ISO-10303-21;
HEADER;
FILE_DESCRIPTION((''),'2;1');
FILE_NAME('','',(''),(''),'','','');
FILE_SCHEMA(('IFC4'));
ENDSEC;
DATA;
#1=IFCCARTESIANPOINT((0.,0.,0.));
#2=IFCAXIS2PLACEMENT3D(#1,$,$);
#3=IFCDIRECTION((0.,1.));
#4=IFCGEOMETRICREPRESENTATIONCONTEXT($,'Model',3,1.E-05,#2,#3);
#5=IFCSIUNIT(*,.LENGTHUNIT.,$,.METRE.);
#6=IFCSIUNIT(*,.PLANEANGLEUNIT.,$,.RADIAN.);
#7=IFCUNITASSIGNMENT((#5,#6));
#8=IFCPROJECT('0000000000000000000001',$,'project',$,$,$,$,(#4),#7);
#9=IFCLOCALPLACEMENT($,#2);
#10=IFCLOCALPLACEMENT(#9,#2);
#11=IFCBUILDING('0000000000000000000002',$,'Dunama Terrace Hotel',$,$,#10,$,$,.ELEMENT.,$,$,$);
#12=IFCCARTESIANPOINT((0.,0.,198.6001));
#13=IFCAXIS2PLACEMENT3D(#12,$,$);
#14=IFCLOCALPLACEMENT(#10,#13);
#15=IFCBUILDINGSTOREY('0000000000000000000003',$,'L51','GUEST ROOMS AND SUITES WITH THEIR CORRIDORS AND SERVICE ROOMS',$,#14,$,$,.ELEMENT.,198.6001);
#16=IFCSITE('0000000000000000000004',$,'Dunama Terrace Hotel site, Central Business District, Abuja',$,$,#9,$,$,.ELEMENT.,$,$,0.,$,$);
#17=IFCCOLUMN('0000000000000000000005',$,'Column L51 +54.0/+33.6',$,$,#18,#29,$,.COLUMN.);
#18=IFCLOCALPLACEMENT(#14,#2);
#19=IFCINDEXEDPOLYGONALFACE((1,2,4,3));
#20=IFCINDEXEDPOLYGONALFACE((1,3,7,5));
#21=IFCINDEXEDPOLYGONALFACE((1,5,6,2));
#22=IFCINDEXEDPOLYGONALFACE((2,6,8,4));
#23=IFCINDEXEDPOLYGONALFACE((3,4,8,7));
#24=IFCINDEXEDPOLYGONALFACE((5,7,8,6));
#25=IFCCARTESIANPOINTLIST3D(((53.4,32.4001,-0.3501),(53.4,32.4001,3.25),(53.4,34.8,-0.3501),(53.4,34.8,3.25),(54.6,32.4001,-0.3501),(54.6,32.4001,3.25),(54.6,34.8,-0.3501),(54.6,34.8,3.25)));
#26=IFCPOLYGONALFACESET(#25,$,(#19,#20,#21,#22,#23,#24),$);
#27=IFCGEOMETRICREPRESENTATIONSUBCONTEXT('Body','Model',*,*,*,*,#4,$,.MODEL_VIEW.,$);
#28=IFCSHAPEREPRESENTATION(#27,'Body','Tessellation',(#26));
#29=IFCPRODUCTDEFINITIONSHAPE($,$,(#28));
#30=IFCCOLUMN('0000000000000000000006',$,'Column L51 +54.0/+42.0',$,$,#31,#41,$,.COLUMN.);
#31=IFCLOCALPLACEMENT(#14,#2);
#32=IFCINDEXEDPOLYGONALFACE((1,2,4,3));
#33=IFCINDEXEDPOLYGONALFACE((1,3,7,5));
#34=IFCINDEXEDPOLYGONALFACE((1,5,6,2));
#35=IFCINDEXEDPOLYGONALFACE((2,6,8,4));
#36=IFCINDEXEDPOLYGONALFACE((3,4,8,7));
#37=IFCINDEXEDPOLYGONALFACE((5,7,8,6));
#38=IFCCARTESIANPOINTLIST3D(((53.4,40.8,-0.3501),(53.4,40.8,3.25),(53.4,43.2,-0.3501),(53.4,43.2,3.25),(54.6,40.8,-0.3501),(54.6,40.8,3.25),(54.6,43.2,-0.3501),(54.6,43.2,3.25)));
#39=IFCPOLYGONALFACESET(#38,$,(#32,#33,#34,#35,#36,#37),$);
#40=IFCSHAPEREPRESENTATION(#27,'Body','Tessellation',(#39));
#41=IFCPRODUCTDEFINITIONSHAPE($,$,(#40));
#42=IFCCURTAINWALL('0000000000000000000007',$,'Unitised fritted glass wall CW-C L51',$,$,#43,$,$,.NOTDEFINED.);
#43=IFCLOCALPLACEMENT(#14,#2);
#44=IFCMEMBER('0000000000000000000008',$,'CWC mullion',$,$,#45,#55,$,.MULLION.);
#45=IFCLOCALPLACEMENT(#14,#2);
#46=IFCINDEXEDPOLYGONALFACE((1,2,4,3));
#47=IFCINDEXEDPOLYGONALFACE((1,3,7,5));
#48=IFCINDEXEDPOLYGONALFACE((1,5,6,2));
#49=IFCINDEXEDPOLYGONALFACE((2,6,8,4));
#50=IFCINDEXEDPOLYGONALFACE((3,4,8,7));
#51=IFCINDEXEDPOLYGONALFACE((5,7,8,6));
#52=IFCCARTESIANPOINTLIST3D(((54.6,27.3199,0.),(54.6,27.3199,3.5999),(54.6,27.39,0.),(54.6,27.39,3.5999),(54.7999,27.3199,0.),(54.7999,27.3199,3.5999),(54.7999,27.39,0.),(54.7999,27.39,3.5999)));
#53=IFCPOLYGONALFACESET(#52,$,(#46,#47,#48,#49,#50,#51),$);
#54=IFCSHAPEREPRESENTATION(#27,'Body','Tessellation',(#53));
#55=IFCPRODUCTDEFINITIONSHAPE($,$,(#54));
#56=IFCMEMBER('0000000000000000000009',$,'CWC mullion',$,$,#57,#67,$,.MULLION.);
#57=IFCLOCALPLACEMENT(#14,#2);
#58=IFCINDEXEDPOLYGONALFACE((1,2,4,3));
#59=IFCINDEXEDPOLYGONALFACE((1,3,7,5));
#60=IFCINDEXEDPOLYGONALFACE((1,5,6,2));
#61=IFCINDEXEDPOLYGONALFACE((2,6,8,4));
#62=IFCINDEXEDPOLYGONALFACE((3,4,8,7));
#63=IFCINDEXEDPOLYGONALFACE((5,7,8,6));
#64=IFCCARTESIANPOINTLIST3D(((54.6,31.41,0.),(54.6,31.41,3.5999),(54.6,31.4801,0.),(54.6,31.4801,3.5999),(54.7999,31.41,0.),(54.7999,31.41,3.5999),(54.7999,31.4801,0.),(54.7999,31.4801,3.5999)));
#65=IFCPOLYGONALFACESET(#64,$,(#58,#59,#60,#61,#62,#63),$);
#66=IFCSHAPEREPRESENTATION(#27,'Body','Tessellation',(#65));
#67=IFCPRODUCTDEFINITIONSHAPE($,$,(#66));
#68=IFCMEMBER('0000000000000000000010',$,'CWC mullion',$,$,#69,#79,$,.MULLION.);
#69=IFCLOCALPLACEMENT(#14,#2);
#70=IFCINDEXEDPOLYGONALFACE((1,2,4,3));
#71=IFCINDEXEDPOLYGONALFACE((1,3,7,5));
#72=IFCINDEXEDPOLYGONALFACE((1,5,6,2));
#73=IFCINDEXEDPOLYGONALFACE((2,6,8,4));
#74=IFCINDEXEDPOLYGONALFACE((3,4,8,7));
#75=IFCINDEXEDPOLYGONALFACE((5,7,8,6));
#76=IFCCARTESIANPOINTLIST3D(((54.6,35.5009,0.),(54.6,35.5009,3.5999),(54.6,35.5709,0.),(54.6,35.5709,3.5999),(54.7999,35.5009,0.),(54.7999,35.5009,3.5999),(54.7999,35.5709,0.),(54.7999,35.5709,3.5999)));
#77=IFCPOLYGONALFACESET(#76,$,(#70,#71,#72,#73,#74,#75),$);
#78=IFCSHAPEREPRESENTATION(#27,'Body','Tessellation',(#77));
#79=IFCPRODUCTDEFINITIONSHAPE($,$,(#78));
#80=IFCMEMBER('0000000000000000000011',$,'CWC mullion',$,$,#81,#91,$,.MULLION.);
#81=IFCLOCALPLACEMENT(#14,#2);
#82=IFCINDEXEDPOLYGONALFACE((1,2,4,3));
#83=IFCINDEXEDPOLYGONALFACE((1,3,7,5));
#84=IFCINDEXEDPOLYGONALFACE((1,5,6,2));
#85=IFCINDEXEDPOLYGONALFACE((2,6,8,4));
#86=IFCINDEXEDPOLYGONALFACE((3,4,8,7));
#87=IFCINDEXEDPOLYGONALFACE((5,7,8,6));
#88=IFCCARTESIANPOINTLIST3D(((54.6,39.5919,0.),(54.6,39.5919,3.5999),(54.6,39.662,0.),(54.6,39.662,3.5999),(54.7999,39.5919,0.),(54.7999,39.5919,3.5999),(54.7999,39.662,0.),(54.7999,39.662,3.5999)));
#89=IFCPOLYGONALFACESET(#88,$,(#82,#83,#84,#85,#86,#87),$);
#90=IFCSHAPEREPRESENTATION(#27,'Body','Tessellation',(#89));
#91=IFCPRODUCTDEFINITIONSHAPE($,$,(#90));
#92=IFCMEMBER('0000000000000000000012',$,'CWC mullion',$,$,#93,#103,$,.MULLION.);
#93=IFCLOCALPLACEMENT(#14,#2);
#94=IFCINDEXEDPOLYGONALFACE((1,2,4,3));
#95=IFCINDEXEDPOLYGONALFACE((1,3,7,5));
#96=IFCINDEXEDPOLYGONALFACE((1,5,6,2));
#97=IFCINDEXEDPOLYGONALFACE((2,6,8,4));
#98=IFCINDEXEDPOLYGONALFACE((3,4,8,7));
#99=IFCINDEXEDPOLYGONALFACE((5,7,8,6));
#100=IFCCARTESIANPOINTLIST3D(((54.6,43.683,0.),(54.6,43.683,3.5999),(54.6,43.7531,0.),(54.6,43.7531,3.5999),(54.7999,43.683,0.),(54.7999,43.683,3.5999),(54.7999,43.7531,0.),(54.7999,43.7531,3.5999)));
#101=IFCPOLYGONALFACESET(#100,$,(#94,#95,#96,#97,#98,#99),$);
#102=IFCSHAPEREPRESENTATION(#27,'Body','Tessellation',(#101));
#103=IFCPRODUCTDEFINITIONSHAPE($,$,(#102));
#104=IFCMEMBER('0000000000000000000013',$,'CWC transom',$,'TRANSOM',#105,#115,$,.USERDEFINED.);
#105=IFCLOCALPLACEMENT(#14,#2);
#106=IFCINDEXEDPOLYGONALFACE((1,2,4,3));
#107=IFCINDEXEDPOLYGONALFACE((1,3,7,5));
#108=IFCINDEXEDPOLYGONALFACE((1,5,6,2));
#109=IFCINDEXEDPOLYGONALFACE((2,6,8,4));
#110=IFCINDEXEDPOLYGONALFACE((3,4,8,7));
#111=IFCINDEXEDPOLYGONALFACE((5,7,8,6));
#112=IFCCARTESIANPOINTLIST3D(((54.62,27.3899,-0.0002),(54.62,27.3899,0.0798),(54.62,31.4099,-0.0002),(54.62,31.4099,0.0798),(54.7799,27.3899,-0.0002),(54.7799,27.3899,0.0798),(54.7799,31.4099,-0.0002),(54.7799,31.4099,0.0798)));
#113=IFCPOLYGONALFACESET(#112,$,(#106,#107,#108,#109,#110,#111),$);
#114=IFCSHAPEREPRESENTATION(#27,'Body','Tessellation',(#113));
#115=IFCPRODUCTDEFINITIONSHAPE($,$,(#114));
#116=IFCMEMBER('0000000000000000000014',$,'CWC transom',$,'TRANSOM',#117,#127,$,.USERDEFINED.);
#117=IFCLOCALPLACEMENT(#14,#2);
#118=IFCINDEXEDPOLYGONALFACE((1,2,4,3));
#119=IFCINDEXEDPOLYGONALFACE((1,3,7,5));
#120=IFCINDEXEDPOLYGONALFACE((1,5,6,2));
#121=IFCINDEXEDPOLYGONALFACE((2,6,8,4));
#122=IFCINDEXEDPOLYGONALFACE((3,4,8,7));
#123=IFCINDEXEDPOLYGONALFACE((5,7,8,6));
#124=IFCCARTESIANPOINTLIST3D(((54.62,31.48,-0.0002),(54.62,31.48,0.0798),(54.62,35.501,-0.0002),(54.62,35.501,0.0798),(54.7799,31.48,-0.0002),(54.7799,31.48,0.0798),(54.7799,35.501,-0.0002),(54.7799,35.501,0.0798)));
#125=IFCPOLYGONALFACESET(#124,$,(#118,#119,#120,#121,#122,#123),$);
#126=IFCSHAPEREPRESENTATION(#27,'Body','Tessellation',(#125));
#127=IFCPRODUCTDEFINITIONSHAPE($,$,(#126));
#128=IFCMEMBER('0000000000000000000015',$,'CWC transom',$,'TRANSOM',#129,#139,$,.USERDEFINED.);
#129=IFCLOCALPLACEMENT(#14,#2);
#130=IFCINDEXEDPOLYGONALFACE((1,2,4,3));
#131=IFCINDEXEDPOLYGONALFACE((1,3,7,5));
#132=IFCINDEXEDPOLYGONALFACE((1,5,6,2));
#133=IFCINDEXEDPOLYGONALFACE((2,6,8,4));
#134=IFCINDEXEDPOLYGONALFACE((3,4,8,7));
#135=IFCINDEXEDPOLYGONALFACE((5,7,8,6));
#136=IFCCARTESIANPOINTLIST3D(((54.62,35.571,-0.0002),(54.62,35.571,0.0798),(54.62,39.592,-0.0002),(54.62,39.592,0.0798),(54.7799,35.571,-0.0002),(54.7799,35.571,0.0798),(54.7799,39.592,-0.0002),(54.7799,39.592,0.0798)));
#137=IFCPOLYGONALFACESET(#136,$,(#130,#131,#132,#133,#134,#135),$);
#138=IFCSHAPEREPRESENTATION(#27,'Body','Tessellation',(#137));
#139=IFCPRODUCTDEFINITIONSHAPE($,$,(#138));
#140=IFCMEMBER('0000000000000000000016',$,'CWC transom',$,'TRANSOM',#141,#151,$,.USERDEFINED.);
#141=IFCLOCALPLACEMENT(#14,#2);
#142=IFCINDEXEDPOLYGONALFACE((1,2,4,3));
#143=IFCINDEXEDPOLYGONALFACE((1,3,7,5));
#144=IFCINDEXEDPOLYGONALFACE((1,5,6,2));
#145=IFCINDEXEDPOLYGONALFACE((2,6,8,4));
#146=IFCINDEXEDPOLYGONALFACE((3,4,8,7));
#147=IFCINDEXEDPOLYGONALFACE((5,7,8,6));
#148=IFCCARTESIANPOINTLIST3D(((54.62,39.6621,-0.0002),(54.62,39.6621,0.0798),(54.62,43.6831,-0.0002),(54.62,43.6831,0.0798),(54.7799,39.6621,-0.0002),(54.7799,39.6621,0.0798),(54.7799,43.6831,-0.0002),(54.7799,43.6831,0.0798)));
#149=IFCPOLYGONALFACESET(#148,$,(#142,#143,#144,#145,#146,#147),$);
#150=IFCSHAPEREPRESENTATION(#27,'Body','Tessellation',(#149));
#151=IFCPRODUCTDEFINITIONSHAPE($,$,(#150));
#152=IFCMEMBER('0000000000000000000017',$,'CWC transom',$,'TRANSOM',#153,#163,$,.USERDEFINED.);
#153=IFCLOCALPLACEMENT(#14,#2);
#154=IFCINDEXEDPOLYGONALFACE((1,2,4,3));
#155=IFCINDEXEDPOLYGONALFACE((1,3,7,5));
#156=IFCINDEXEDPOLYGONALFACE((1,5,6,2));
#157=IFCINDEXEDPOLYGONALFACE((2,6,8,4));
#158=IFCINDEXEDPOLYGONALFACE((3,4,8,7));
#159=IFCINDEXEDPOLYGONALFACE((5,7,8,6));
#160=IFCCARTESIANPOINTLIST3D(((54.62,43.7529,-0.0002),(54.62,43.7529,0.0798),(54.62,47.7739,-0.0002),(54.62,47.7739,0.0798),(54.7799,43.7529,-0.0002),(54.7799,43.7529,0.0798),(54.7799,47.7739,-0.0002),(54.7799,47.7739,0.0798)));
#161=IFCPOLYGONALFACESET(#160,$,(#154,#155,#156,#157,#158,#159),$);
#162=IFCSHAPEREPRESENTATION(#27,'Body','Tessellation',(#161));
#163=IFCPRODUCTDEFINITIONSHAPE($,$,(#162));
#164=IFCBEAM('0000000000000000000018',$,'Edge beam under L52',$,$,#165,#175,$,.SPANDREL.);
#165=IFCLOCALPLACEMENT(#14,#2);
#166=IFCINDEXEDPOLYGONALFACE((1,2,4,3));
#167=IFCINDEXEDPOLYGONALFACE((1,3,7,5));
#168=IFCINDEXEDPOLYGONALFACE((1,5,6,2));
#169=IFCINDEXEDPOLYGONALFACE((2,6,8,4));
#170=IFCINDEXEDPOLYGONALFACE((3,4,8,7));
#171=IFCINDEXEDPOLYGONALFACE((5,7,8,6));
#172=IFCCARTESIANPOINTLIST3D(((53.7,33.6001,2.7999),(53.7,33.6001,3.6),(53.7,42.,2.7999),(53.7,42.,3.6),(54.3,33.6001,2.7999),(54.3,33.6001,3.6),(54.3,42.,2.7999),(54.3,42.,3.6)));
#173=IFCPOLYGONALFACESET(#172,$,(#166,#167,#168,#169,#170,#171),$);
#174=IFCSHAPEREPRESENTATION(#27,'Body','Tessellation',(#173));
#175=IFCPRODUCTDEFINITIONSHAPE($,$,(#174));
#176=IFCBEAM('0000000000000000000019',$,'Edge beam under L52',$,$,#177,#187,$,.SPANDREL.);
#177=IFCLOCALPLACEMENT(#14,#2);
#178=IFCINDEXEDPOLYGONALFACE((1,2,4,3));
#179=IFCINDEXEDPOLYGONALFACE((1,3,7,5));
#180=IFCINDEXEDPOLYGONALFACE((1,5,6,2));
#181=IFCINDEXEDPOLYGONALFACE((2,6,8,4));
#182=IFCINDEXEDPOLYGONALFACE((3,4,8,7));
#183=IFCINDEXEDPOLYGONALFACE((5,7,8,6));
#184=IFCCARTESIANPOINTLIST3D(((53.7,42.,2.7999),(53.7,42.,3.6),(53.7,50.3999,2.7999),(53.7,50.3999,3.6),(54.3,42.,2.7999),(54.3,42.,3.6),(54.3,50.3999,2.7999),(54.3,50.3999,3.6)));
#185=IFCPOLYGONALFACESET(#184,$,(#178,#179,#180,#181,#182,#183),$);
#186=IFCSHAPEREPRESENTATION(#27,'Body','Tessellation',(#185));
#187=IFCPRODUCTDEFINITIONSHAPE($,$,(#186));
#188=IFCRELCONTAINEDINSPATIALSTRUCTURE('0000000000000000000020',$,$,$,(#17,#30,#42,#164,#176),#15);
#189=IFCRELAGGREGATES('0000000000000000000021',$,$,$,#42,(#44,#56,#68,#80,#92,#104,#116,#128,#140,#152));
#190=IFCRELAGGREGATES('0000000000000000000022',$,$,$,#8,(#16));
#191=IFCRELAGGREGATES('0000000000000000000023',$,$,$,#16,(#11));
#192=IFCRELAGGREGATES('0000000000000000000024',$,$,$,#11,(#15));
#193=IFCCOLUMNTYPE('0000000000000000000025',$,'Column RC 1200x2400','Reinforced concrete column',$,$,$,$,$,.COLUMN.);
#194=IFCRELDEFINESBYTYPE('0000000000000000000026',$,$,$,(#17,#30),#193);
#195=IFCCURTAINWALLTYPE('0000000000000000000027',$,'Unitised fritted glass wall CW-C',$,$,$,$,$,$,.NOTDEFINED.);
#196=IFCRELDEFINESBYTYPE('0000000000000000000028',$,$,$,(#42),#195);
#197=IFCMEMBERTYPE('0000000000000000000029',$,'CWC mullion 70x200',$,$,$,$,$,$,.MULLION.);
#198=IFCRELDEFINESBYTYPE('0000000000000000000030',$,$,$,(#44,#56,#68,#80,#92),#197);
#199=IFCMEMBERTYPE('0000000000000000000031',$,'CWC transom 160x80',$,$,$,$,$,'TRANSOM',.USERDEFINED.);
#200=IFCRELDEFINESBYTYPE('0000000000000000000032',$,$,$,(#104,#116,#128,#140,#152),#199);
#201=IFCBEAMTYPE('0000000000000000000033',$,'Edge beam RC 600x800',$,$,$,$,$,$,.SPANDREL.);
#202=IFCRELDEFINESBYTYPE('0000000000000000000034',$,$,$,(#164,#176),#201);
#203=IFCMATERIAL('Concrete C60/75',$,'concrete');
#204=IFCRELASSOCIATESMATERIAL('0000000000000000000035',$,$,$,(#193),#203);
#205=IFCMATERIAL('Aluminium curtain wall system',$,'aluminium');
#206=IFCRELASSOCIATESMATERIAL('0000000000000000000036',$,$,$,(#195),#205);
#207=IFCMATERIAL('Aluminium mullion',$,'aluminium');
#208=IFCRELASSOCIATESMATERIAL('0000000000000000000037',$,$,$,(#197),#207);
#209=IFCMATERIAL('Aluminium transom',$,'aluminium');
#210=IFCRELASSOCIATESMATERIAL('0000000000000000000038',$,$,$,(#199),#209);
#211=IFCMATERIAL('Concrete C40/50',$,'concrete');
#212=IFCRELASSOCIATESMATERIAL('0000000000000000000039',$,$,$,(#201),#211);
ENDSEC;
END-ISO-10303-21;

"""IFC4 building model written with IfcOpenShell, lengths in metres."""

from ifc_helpers import new_model, si_unit, direction, frame, origin, origin_2d, place, context, subcontext, project, spatial, rectangle, extrude, material, material_profile, profile_set, type_object, element, aggregate, save


model = new_model("IFC4")

# Units and contexts
model_context = context("Model", 3, precision=1e-05, world=origin(), true_north=direction((0.0, 1.0)))
body_context = subcontext(model_context, "Body", "Model", "MODEL_VIEW")
ifc_project = project(units=[si_unit("LENGTHUNIT", "METRE"), si_unit("PLANEANGLEUNIT", "RADIAN")], contexts=[model_context])

# Site, building, storey
site_placement = place(None, origin())
site = spatial("IfcSite", under=ifc_project, at=site_placement, Name="Dunama Terrace Hotel site, Central Business District, Abuja", CompositionType="ELEMENT", RefElevation=0.0)
building_placement = place(site_placement, origin())
building = spatial("IfcBuilding", under=site, at=building_placement, Name="Dunama Terrace Hotel", CompositionType="ELEMENT")
storey_placement = place(building_placement, frame((0.0, 0.0, 198.6001)))
storey = spatial("IfcBuildingStorey", under=building, at=storey_placement, Name="L51", Description="GUEST ROOMS AND SUITES WITH THEIR CORRIDORS AND SERVICE ROOMS", CompositionType="ELEMENT", Elevation=198.6001)

# Columns
ifc_material_1 = material(Name="Concrete C60/75", Category="concrete")
ifc_material_profile_1 = material_profile(ifc_material_1, rectangle(XDim=1.2, YDim=2.3999, at=origin_2d()), Name="RC 1200x2400")
ifc_profile_set_1 = profile_set([ifc_material_profile_1], Name="Concrete C60/75")
column_type = type_object("IfcColumnType", Name="Column RC 1200x2400", Description="Reinforced concrete column", PredefinedType="COLUMN", material=ifc_profile_set_1)
for number, where, z_axis, x_axis, name in (
    (1, (54.0, 33.6001, -0.3501), (0.0, 0.0, 1.0), (1.0, 0.0, 0.0), "Column L51 +54.0/+33.6"),
    (2, (54.0, 42.0, -0.3501), (0.0, 0.0, 1.0), (1.0, 0.0, 0.0), "Column L51 +54.0/+42.0"),
):
    element("IfcColumn", number, at=place(storey_placement, frame(where, z_axis=z_axis, x_axis=x_axis)), inside=storey, type_object=column_type, Name=name, PredefinedType="COLUMN", context=body_context, shape_type="SweptSolid", body=[
        extrude(rectangle(XDim=1.2, YDim=2.3999, at=origin_2d()), origin(), (0.0, 0.0, 1.0), 3.6001),
    ])

# Curtain wall, members
ifc_material_2 = material(Name="Aluminium curtain wall system", Category="aluminium")
curtain_wall_type = type_object("IfcCurtainWallType", Name="Unitised fritted glass wall CW-C", PredefinedType="NOTDEFINED", material=ifc_material_2)
curtain_wall_placement = place(storey_placement, origin())
curtain_wall = element("IfcCurtainWall", 3, at=curtain_wall_placement, inside=storey, type_object=curtain_wall_type, Name="Unitised fritted glass wall CW-C L51", PredefinedType="NOTDEFINED")
ifc_material_3 = material(Name="Aluminium mullion", Category="aluminium")
ifc_material_profile_2 = material_profile(ifc_material_3, rectangle(XDim=0.0701, YDim=0.2, at=origin_2d()), Name="CWC MULLION 70X200")
ifc_profile_set_2 = profile_set([ifc_material_profile_2], Name="Aluminium mullion")
member_type_1 = type_object("IfcMemberType", Name="CWC mullion 70x200", PredefinedType="MULLION", material=ifc_profile_set_2)
member_1_placement = place(storey_placement, frame((54.7, 27.355, 0.0), z_axis=(0.0, 0.0, 1.0), x_axis=(0.0, 1.0, 0.0)))
member_1 = element("IfcMember", 4, at=member_1_placement, type_object=member_type_1, Name="CWC mullion", PredefinedType="MULLION", context=body_context, shape_type="SweptSolid", body=[
    extrude(rectangle(XDim=0.0701, YDim=0.2, at=origin_2d()), origin(), (0.0, 0.0, 1.0), 3.5999),
])
member_2_placement = place(storey_placement, frame((54.7, 31.4451, 0.0), z_axis=(0.0, 0.0, 1.0), x_axis=(0.0, 1.0, 0.0)))
member_2 = element("IfcMember", 5, at=member_2_placement, type_object=member_type_1, Name="CWC mullion", PredefinedType="MULLION", context=body_context, shape_type="SweptSolid", body=[
    extrude(rectangle(XDim=0.0701, YDim=0.2, at=origin_2d()), origin(), (0.0, 0.0, 1.0), 3.5999),
])
member_3_placement = place(storey_placement, frame((54.7, 35.5359, 0.0), z_axis=(0.0, 0.0, 1.0), x_axis=(0.0, 1.0, 0.0)))
member_3 = element("IfcMember", 6, at=member_3_placement, type_object=member_type_1, Name="CWC mullion", PredefinedType="MULLION", context=body_context, shape_type="SweptSolid", body=[
    extrude(rectangle(XDim=0.0701, YDim=0.2, at=origin_2d()), origin(), (0.0, 0.0, 1.0), 3.5999),
])
member_4_placement = place(storey_placement, frame((54.7, 39.627, 0.0), z_axis=(0.0, 0.0, 1.0), x_axis=(0.0, 1.0, 0.0)))
member_4 = element("IfcMember", 7, at=member_4_placement, type_object=member_type_1, Name="CWC mullion", PredefinedType="MULLION", context=body_context, shape_type="SweptSolid", body=[
    extrude(rectangle(XDim=0.0701, YDim=0.2, at=origin_2d()), origin(), (0.0, 0.0, 1.0), 3.5999),
])
member_5_placement = place(storey_placement, frame((54.7, 43.718, 0.0), z_axis=(0.0, 0.0, 1.0), x_axis=(0.0, 1.0, 0.0)))
member_5 = element("IfcMember", 8, at=member_5_placement, type_object=member_type_1, Name="CWC mullion", PredefinedType="MULLION", context=body_context, shape_type="SweptSolid", body=[
    extrude(rectangle(XDim=0.0701, YDim=0.2, at=origin_2d()), origin(), (0.0, 0.0, 1.0), 3.5999),
])
ifc_material_4 = material(Name="Aluminium transom", Category="aluminium")
ifc_material_profile_3 = material_profile(ifc_material_4, rectangle(XDim=0.1599, YDim=0.0801, at=origin_2d()), Name="CWC TRANSOM 160X80")
ifc_profile_set_3 = profile_set([ifc_material_profile_3], Name="Aluminium transom")
member_type_2 = type_object("IfcMemberType", Name="CWC transom 160x80", ElementType="TRANSOM", PredefinedType="USERDEFINED", material=ifc_profile_set_3)
member_6_placement = place(storey_placement, frame((54.7, 27.3899, 0.0398), z_axis=(0.0, 1.0, 0.0), x_axis=(-1.0, 0.0, 0.0)))
member_6 = element("IfcMember", 9, at=member_6_placement, type_object=member_type_2, Name="CWC transom", ObjectType="TRANSOM", PredefinedType="USERDEFINED", context=body_context, shape_type="SweptSolid", body=[
    extrude(rectangle(XDim=0.1599, YDim=0.0801, at=origin_2d()), origin(), (0.0, 0.0, 1.0), 4.02),
])
member_7_placement = place(storey_placement, frame((54.7, 31.48, 0.0398), z_axis=(0.0, 1.0, 0.0), x_axis=(-1.0, 0.0, 0.0)))
member_7 = element("IfcMember", 10, at=member_7_placement, type_object=member_type_2, Name="CWC transom", ObjectType="TRANSOM", PredefinedType="USERDEFINED", context=body_context, shape_type="SweptSolid", body=[
    extrude(rectangle(XDim=0.1599, YDim=0.0801, at=origin_2d()), origin(), (0.0, 0.0, 1.0), 4.021),
])
member_8_placement = place(storey_placement, frame((54.7, 35.571, 0.0398), z_axis=(0.0, 1.0, 0.0), x_axis=(-1.0, 0.0, 0.0)))
member_8 = element("IfcMember", 11, at=member_8_placement, type_object=member_type_2, Name="CWC transom", ObjectType="TRANSOM", PredefinedType="USERDEFINED", context=body_context, shape_type="SweptSolid", body=[
    extrude(rectangle(XDim=0.1599, YDim=0.0801, at=origin_2d()), origin(), (0.0, 0.0, 1.0), 4.021),
])
member_9_placement = place(storey_placement, frame((54.7, 39.6621, 0.0398), z_axis=(0.0, 1.0, 0.0), x_axis=(-1.0, 0.0, 0.0)))
member_9 = element("IfcMember", 12, at=member_9_placement, type_object=member_type_2, Name="CWC transom", ObjectType="TRANSOM", PredefinedType="USERDEFINED", context=body_context, shape_type="SweptSolid", body=[
    extrude(rectangle(XDim=0.1599, YDim=0.0801, at=origin_2d()), origin(), (0.0, 0.0, 1.0), 4.021),
])
member_10_placement = place(storey_placement, frame((54.7, 43.7529, 0.0398), z_axis=(0.0, 1.0, 0.0), x_axis=(-1.0, 0.0, 0.0)))
member_10 = element("IfcMember", 13, at=member_10_placement, type_object=member_type_2, Name="CWC transom", ObjectType="TRANSOM", PredefinedType="USERDEFINED", context=body_context, shape_type="SweptSolid", body=[
    extrude(rectangle(XDim=0.1599, YDim=0.0801, at=origin_2d()), origin(), (0.0, 0.0, 1.0), 4.021),
])

# Beams
ifc_material_5 = material(Name="Concrete C40/50", Category="concrete")
ifc_material_profile_4 = material_profile(ifc_material_5, rectangle(XDim=0.6001, YDim=0.8, at=origin_2d()), Name="RC 600x800")
ifc_profile_set_4 = profile_set([ifc_material_profile_4], Name="Concrete C40/50")
beam_type = type_object("IfcBeamType", Name="Edge beam RC 600x800", PredefinedType="SPANDREL", material=ifc_profile_set_4)
for number, where, z_axis, x_axis, name in (
    (14, (54.0, 33.6001, 3.2), (0.0, 1.0, 0.0), (-1.0, 0.0, 0.0), "Edge beam under L52"),
    (15, (54.0, 42.0, 3.2), (0.0, 1.0, 0.0), (-1.0, 0.0, 0.0), "Edge beam under L52"),
):
    element("IfcBeam", number, at=place(storey_placement, frame(where, z_axis=z_axis, x_axis=x_axis)), inside=storey, type_object=beam_type, Name=name, PredefinedType="SPANDREL", context=body_context, shape_type="SweptSolid", body=[
        extrude(rectangle(XDim=0.6001, YDim=0.8, at=origin_2d()), origin(), (0.0, 0.0, 1.0), 8.3999),
    ])

aggregate(curtain_wall, [member_1, member_2, member_3, member_4, member_5, member_6, member_7, member_8, member_9, member_10])

save(model, "model.ifc")
